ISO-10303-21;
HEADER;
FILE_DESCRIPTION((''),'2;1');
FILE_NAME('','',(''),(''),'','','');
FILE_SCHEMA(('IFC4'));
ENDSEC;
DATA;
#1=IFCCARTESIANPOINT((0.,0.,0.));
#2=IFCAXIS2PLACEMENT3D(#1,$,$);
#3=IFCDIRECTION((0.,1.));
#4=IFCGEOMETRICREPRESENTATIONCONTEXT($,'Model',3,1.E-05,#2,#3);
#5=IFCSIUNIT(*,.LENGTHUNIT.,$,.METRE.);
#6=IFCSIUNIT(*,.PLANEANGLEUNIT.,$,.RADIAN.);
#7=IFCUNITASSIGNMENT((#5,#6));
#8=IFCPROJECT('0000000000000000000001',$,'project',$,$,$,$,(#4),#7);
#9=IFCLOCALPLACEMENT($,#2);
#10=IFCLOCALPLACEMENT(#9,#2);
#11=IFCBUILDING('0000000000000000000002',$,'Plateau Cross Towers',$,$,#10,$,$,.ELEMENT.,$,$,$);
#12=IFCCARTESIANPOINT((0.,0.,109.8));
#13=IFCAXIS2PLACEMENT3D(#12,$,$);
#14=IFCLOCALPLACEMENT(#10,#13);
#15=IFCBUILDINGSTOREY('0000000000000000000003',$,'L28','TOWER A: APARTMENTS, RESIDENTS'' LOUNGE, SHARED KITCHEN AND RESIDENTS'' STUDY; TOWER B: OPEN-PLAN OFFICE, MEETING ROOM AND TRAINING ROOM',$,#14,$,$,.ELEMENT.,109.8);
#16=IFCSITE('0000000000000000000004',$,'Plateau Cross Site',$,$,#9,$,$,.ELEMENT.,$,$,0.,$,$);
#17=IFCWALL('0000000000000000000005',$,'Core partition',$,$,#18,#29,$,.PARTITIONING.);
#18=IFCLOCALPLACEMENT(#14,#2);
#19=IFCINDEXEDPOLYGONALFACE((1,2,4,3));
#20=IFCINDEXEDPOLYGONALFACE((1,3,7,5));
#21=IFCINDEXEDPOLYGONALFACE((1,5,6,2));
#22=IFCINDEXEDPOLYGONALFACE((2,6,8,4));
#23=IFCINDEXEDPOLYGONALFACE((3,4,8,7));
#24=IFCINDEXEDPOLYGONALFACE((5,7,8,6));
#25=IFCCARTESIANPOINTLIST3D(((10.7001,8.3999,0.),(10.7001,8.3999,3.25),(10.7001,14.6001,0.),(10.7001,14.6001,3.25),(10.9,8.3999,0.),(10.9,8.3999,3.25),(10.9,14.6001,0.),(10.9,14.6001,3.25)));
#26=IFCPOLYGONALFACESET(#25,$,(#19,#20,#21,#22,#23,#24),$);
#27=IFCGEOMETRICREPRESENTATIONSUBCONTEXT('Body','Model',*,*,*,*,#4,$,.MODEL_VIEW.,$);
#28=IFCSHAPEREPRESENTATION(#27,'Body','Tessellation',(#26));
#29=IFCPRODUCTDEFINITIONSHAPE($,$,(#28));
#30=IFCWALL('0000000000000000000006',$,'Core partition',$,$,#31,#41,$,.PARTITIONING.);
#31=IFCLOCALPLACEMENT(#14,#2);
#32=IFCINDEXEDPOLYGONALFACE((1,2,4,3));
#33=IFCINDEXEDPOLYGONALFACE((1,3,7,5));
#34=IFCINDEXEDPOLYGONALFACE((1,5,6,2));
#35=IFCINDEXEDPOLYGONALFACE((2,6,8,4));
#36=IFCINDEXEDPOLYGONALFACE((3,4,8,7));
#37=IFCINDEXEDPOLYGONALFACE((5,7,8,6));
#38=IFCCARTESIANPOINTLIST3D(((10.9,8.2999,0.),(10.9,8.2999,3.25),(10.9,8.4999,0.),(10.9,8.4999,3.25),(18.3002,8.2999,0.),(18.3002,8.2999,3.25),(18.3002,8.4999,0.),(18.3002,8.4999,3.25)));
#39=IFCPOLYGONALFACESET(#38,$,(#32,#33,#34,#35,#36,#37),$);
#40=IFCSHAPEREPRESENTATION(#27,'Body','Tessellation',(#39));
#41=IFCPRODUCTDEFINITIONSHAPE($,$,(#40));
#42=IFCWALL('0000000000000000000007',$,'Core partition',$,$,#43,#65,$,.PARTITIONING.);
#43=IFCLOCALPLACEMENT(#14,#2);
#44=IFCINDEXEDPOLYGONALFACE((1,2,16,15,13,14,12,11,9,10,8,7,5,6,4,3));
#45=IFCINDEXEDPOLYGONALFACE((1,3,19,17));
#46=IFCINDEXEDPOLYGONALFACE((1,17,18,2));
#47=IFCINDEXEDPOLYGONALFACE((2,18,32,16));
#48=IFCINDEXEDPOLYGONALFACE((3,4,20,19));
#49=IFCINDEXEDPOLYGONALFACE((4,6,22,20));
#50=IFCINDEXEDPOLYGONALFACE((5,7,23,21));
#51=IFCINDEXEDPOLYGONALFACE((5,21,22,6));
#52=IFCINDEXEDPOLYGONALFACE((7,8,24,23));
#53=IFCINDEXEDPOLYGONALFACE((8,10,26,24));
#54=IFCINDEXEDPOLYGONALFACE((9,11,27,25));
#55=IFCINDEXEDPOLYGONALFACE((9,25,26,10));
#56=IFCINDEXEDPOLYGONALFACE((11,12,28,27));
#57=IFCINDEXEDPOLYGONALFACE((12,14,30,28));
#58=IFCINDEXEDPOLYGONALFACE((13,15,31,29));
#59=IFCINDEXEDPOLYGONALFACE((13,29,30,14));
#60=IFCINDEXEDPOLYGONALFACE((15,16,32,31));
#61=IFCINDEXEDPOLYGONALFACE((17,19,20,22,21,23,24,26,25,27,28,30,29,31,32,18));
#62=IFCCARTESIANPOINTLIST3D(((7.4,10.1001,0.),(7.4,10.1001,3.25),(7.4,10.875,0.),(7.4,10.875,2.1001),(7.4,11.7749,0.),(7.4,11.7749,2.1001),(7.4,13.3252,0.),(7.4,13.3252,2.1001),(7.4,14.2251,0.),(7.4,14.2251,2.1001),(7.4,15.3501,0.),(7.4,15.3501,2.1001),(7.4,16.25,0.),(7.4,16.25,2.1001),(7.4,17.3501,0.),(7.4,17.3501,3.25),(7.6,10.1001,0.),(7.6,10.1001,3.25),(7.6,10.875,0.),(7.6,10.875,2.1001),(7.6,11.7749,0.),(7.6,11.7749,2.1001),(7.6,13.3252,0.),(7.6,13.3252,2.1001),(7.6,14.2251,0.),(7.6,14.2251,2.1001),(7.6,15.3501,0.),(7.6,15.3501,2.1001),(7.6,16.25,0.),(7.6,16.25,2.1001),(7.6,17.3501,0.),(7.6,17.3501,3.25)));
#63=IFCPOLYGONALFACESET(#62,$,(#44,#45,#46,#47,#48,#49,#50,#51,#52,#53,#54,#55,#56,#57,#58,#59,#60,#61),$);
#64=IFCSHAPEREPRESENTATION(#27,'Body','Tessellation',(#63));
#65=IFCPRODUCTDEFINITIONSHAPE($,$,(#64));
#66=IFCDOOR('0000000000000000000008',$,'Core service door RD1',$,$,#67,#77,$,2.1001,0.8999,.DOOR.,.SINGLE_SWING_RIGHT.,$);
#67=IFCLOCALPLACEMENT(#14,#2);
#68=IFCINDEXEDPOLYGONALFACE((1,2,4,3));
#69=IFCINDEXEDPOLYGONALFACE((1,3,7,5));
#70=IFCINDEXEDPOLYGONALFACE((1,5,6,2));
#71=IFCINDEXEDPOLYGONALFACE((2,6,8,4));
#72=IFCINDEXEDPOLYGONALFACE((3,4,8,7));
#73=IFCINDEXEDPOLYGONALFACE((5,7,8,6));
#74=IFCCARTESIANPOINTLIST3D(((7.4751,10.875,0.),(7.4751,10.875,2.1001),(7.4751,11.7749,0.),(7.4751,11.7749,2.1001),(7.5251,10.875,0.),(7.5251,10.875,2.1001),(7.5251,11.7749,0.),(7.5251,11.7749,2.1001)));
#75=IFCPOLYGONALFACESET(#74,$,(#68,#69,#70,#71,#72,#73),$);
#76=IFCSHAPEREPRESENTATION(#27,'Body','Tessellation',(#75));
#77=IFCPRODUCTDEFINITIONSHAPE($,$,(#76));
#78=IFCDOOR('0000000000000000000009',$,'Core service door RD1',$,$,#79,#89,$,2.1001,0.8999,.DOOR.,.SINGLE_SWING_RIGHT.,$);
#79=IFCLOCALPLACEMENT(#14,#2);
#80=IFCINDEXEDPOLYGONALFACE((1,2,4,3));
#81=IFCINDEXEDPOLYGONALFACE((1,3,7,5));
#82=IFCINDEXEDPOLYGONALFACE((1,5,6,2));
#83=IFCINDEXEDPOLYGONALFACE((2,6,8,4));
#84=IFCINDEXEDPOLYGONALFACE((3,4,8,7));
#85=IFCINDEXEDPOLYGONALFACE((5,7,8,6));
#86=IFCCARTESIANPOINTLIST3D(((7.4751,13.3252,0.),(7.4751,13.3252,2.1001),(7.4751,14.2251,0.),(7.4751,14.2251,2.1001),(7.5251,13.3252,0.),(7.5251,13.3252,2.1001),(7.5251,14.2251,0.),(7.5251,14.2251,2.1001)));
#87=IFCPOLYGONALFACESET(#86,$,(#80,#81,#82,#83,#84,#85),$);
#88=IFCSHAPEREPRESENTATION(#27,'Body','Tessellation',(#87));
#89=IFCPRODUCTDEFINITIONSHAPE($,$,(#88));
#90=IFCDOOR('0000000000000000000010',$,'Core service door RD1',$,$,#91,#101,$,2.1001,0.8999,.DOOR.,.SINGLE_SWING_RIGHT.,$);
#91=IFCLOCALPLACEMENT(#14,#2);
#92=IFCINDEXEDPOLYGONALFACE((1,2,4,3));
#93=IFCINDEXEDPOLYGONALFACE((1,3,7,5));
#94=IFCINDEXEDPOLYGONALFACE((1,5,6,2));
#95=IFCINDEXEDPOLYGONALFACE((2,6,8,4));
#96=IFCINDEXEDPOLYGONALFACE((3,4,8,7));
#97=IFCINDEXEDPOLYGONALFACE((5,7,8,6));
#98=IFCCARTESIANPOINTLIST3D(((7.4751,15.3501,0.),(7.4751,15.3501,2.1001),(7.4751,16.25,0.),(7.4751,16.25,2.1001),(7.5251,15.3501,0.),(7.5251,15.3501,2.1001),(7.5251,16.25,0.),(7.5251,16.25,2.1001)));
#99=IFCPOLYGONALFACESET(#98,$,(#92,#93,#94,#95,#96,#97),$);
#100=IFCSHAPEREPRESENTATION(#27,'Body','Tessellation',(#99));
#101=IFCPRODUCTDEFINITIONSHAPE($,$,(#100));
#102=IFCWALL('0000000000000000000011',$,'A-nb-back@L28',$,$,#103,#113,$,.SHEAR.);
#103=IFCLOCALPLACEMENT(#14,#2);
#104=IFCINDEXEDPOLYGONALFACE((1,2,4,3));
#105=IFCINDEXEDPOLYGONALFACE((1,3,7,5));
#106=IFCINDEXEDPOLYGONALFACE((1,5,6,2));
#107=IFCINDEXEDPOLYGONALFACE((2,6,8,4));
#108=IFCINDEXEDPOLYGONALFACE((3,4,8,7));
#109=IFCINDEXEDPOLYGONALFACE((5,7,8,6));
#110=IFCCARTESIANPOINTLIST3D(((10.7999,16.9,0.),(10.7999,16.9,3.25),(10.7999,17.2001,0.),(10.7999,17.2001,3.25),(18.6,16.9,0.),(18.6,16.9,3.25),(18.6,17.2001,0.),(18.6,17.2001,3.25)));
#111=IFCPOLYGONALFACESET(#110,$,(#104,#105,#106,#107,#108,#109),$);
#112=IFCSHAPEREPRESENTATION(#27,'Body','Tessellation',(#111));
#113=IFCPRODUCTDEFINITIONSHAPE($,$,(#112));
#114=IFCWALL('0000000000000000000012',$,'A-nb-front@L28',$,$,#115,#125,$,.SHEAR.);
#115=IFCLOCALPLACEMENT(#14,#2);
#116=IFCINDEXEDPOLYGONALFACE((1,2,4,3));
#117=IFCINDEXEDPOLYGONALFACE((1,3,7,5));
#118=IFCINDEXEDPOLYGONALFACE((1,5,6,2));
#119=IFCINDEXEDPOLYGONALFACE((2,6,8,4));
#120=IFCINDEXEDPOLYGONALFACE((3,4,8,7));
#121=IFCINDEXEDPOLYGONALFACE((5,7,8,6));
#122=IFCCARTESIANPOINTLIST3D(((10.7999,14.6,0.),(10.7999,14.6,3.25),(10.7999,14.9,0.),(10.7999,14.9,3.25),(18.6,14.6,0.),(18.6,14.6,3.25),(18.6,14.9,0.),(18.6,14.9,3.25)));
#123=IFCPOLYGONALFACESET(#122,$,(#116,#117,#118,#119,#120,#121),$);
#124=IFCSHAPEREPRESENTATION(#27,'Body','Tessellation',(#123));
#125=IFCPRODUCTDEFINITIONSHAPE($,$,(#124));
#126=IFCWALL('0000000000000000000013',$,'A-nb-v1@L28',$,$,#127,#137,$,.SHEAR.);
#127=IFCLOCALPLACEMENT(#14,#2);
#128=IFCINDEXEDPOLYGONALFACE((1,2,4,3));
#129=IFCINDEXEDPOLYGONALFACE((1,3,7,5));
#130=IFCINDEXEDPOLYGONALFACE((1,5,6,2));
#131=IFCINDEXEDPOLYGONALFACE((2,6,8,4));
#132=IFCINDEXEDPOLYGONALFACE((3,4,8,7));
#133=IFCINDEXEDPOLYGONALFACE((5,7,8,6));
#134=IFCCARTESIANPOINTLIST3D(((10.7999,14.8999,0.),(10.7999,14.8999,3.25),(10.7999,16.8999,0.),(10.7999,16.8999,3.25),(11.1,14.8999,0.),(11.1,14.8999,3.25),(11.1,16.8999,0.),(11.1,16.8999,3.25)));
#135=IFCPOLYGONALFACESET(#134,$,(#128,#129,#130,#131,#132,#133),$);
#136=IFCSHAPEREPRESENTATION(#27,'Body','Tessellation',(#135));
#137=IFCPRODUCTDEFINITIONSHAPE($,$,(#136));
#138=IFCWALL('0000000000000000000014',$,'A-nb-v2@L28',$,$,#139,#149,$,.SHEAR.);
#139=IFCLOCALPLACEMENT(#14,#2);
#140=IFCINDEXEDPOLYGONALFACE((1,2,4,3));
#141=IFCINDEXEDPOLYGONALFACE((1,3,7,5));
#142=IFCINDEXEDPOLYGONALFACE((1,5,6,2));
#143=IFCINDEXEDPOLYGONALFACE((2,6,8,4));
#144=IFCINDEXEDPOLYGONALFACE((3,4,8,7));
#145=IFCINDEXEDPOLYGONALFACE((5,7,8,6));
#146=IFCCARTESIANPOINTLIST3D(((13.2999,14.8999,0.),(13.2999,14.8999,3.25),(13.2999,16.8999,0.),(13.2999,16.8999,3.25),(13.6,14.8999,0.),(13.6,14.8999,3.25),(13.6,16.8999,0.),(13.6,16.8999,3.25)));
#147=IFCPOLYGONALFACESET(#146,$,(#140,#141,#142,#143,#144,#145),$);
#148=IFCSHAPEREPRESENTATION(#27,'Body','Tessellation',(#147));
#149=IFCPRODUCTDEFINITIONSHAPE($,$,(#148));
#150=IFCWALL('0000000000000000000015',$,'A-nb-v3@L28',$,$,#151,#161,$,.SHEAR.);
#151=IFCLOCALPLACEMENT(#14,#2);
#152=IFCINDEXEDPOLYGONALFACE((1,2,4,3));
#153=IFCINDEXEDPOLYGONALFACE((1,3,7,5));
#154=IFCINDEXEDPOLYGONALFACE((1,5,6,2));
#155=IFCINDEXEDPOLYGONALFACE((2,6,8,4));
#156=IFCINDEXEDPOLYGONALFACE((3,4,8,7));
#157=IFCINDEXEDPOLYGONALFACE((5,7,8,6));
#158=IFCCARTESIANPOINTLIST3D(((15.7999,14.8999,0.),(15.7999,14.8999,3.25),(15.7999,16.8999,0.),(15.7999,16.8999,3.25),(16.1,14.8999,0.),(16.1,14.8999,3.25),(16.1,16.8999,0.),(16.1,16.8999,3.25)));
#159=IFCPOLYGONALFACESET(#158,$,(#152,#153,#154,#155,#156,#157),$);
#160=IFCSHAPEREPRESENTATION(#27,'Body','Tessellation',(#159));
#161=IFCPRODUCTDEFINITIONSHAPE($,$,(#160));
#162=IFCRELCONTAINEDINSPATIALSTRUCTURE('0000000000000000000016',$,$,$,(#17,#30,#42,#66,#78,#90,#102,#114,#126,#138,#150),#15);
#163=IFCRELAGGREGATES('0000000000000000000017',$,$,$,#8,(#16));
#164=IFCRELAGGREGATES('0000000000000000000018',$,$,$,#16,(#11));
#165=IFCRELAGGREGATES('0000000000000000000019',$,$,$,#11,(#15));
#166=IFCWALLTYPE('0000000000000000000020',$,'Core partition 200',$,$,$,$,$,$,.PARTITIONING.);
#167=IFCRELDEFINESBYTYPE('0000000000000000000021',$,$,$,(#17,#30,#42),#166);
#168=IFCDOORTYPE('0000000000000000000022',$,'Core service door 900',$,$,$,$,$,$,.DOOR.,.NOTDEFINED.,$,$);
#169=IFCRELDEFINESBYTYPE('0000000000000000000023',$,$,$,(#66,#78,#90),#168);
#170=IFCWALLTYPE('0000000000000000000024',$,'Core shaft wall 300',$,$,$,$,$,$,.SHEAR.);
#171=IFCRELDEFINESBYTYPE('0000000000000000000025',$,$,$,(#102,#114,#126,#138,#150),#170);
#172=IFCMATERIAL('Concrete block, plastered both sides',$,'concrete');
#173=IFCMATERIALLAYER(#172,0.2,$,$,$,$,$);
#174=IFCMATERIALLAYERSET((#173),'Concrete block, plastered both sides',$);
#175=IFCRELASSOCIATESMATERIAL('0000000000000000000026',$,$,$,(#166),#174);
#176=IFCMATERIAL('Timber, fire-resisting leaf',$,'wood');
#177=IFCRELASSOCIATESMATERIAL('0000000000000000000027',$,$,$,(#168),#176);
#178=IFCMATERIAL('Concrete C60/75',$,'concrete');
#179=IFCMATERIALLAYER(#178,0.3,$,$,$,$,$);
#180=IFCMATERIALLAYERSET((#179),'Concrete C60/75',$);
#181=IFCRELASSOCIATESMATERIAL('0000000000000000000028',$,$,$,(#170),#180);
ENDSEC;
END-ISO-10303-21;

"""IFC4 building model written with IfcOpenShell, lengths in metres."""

from ifc_helpers import new_model, si_unit, direction, frame, frame_2d, origin, place, context, subcontext, project, spatial, rectangle, extrude, material, layer, layer_set, type_object, element, fill, save


model = new_model("IFC4")

# Units and contexts
model_context = context("Model", 3, precision=1e-05, world=origin(), true_north=direction((0.0, 1.0)))
body_context = subcontext(model_context, "Body", "Model", "MODEL_VIEW")
ifc_project = project(units=[si_unit("LENGTHUNIT", "METRE"), si_unit("PLANEANGLEUNIT", "RADIAN")], contexts=[model_context])

# Site, building, storey
site_placement = place(None, origin())
site = spatial("IfcSite", under=ifc_project, at=site_placement, Name="Plateau Cross Site", CompositionType="ELEMENT", RefElevation=0.0)
building_placement = place(site_placement, origin())
building = spatial("IfcBuilding", under=site, at=building_placement, Name="Plateau Cross Towers", CompositionType="ELEMENT")
storey_placement = place(building_placement, frame((0.0, 0.0, 109.8)))
storey = spatial("IfcBuildingStorey", under=building, at=storey_placement, Name="L28", Description="TOWER A: APARTMENTS, RESIDENTS' LOUNGE, SHARED KITCHEN AND RESIDENTS' STUDY; TOWER B: OPEN-PLAN OFFICE, MEETING ROOM AND TRAINING ROOM", CompositionType="ELEMENT", Elevation=109.8)

# Walls
ifc_material_1 = material(Name="Concrete block, plastered both sides", Category="concrete")
ifc_layer_1 = layer(ifc_material_1, 0.2)
ifc_layer_set_1 = layer_set([ifc_layer_1], Name="Concrete block, plastered both sides")
wall_type_1 = type_object("IfcWallType", Name="Core partition 200", PredefinedType="PARTITIONING", material=ifc_layer_set_1)
wall_1_placement = place(storey_placement, frame((10.8, 8.3999, 0.0), z_axis=(0.0, 0.0, 1.0), x_axis=(0.0, 1.0, 0.0)))
element("IfcWall", 1, at=wall_1_placement, inside=storey, type_object=wall_type_1, Name="Core partition", PredefinedType="PARTITIONING", context=body_context, shape_type="SweptSolid", body=[
    extrude(rectangle(XDim=6.2002, YDim=0.2, at=frame_2d((3.1001, 0.0))), origin(), (0.0, 0.0, 1.0), 3.25),
])
wall_2_placement = place(storey_placement, frame((10.8999, 8.3999, 0.0), z_axis=(0.0, 0.0, 1.0), x_axis=(1.0, 0.0, 0.0)))
element("IfcWall", 2, at=wall_2_placement, inside=storey, type_object=wall_type_1, Name="Core partition", PredefinedType="PARTITIONING", context=body_context, shape_type="SweptSolid", body=[
    extrude(rectangle(XDim=7.4001, YDim=0.2, at=frame_2d((3.7002, 0.0))), origin(), (0.0, 0.0, 1.0), 3.25),
])

# Wall, openings, doors
wall_3_placement = place(storey_placement, frame((7.5, 10.1001, 0.0), z_axis=(0.0, 0.0, 1.0), x_axis=(0.0, 1.0, 0.0)))
wall_3 = element("IfcWall", 3, at=wall_3_placement, inside=storey, type_object=wall_type_1, Name="Core partition", PredefinedType="PARTITIONING", context=body_context, shape_type="SweptSolid", body=[
    extrude(rectangle(XDim=7.25, YDim=0.2, at=frame_2d((3.625, 0.0))), origin(), (0.0, 0.0, 1.0), 3.25),
])
opening_1_placement = place(wall_3_placement, frame((0.7749, 0.0, 0.0)))
opening_1 = element("IfcOpeningElement", 4, at=opening_1_placement, cuts=wall_3, PredefinedType="OPENING", context=body_context, shape_type="SweptSolid", body=[
    extrude(rectangle(XDim=0.8999, YDim=2.1001, at=frame_2d((0.45, 1.05))), frame((0.0, 0.1099, 0.0), z_axis=(0.0, -1.0, 0.0), x_axis=(1.0, 0.0, 0.0)), (0.0, 0.0, 1.0), 0.22),
])
opening_2_placement = place(wall_3_placement, frame((3.2251, 0.0, 0.0)))
opening_2 = element("IfcOpeningElement", 5, at=opening_2_placement, cuts=wall_3, PredefinedType="OPENING", context=body_context, shape_type="SweptSolid", body=[
    extrude(rectangle(XDim=0.8999, YDim=2.1001, at=frame_2d((0.45, 1.05))), frame((0.0, 0.1099, 0.0), z_axis=(0.0, -1.0, 0.0), x_axis=(1.0, 0.0, 0.0)), (0.0, 0.0, 1.0), 0.22),
])
opening_3_placement = place(wall_3_placement, frame((5.25, 0.0, 0.0)))
opening_3 = element("IfcOpeningElement", 6, at=opening_3_placement, cuts=wall_3, PredefinedType="OPENING", context=body_context, shape_type="SweptSolid", body=[
    extrude(rectangle(XDim=0.8999, YDim=2.1001, at=frame_2d((0.45, 1.05))), frame((0.0, 0.1099, 0.0), z_axis=(0.0, -1.0, 0.0), x_axis=(1.0, 0.0, 0.0)), (0.0, 0.0, 1.0), 0.22),
])
ifc_material_2 = material(Name="Timber, fire-resisting leaf", Category="wood")
door_type_1 = type_object("IfcDoorType", Name="Core service door 900", OperationType="NOTDEFINED", PredefinedType="DOOR", material=ifc_material_2)
door_1_placement = place(opening_1_placement, origin())
door_1 = element("IfcDoor", 7, at=door_1_placement, inside=storey, type_object=door_type_1, Name="Core service door RD1", OperationType="SINGLE_SWING_RIGHT", OverallHeight=2.1001, OverallWidth=0.8999, PredefinedType="DOOR", context=body_context, shape_type="SweptSolid", body=[
    extrude(rectangle(XDim=0.8999, YDim=2.1001, at=frame_2d((0.45, 1.05))), frame((0.0, 0.0249, 0.0), z_axis=(0.0, -1.0, 0.0), x_axis=(1.0, 0.0, 0.0)), (0.0, 0.0, 1.0), 0.05),
])
fill(opening_1, door_1)
door_2_placement = place(opening_2_placement, origin())
door_2 = element("IfcDoor", 8, at=door_2_placement, inside=storey, type_object=door_type_1, Name="Core service door RD1", OperationType="SINGLE_SWING_RIGHT", OverallHeight=2.1001, OverallWidth=0.8999, PredefinedType="DOOR", context=body_context, shape_type="SweptSolid", body=[
    extrude(rectangle(XDim=0.8999, YDim=2.1001, at=frame_2d((0.45, 1.05))), frame((0.0, 0.0249, 0.0), z_axis=(0.0, -1.0, 0.0), x_axis=(1.0, 0.0, 0.0)), (0.0, 0.0, 1.0), 0.05),
])
fill(opening_2, door_2)
door_3_placement = place(opening_3_placement, origin())
door_3 = element("IfcDoor", 9, at=door_3_placement, inside=storey, type_object=door_type_1, Name="Core service door RD1", OperationType="SINGLE_SWING_RIGHT", OverallHeight=2.1001, OverallWidth=0.8999, PredefinedType="DOOR", context=body_context, shape_type="SweptSolid", body=[
    extrude(rectangle(XDim=0.8999, YDim=2.1001, at=frame_2d((0.45, 1.05))), frame((0.0, 0.0249, 0.0), z_axis=(0.0, -1.0, 0.0), x_axis=(1.0, 0.0, 0.0)), (0.0, 0.0, 1.0), 0.05),
])
fill(opening_3, door_3)

# Walls
ifc_material_3 = material(Name="Concrete C60/75", Category="concrete")
ifc_layer_2 = layer(ifc_material_3, 0.3)
ifc_layer_set_2 = layer_set([ifc_layer_2], Name="Concrete C60/75")
wall_type_2 = type_object("IfcWallType", Name="Core shaft wall 300", PredefinedType="SHEAR", material=ifc_layer_set_2)
for number, where, z_axis, x_axis, name in (
    (10, (10.8, 17.05, 0.0), (0.0, 0.0, 1.0), (1.0, 0.0, 0.0), "A-nb-back@L28"),
    (11, (10.8, 14.75, 0.0), (0.0, 0.0, 1.0), (1.0, 0.0, 0.0), "A-nb-front@L28"),
):
    element("IfcWall", number, at=place(storey_placement, frame(where, z_axis=z_axis, x_axis=x_axis)), inside=storey, type_object=wall_type_2, Name=name, PredefinedType="SHEAR", context=body_context, shape_type="SweptSolid", body=[
        extrude(rectangle(XDim=7.8, YDim=0.3, at=frame_2d((3.8999, 0.0))), origin(), (0.0, 0.0, 1.0), 3.25),
    ])
for number, where, z_axis, x_axis, name in (
    (12, (10.95, 14.8999, 0.0), (0.0, 0.0, 1.0), (0.0, 1.0, 0.0), "A-nb-v1@L28"),
    (13, (13.45, 14.8999, 0.0), (0.0, 0.0, 1.0), (0.0, 1.0, 0.0), "A-nb-v2@L28"),
    (14, (15.95, 14.8999, 0.0), (0.0, 0.0, 1.0), (0.0, 1.0, 0.0), "A-nb-v3@L28"),
):
    element("IfcWall", number, at=place(storey_placement, frame(where, z_axis=z_axis, x_axis=x_axis)), inside=storey, type_object=wall_type_2, Name=name, PredefinedType="SHEAR", context=body_context, shape_type="SweptSolid", body=[
        extrude(rectangle(XDim=2.0, YDim=0.3, at=frame_2d((1.0, 0.0))), origin(), (0.0, 0.0, 1.0), 3.25),
    ])

save(model, "model.ifc")
